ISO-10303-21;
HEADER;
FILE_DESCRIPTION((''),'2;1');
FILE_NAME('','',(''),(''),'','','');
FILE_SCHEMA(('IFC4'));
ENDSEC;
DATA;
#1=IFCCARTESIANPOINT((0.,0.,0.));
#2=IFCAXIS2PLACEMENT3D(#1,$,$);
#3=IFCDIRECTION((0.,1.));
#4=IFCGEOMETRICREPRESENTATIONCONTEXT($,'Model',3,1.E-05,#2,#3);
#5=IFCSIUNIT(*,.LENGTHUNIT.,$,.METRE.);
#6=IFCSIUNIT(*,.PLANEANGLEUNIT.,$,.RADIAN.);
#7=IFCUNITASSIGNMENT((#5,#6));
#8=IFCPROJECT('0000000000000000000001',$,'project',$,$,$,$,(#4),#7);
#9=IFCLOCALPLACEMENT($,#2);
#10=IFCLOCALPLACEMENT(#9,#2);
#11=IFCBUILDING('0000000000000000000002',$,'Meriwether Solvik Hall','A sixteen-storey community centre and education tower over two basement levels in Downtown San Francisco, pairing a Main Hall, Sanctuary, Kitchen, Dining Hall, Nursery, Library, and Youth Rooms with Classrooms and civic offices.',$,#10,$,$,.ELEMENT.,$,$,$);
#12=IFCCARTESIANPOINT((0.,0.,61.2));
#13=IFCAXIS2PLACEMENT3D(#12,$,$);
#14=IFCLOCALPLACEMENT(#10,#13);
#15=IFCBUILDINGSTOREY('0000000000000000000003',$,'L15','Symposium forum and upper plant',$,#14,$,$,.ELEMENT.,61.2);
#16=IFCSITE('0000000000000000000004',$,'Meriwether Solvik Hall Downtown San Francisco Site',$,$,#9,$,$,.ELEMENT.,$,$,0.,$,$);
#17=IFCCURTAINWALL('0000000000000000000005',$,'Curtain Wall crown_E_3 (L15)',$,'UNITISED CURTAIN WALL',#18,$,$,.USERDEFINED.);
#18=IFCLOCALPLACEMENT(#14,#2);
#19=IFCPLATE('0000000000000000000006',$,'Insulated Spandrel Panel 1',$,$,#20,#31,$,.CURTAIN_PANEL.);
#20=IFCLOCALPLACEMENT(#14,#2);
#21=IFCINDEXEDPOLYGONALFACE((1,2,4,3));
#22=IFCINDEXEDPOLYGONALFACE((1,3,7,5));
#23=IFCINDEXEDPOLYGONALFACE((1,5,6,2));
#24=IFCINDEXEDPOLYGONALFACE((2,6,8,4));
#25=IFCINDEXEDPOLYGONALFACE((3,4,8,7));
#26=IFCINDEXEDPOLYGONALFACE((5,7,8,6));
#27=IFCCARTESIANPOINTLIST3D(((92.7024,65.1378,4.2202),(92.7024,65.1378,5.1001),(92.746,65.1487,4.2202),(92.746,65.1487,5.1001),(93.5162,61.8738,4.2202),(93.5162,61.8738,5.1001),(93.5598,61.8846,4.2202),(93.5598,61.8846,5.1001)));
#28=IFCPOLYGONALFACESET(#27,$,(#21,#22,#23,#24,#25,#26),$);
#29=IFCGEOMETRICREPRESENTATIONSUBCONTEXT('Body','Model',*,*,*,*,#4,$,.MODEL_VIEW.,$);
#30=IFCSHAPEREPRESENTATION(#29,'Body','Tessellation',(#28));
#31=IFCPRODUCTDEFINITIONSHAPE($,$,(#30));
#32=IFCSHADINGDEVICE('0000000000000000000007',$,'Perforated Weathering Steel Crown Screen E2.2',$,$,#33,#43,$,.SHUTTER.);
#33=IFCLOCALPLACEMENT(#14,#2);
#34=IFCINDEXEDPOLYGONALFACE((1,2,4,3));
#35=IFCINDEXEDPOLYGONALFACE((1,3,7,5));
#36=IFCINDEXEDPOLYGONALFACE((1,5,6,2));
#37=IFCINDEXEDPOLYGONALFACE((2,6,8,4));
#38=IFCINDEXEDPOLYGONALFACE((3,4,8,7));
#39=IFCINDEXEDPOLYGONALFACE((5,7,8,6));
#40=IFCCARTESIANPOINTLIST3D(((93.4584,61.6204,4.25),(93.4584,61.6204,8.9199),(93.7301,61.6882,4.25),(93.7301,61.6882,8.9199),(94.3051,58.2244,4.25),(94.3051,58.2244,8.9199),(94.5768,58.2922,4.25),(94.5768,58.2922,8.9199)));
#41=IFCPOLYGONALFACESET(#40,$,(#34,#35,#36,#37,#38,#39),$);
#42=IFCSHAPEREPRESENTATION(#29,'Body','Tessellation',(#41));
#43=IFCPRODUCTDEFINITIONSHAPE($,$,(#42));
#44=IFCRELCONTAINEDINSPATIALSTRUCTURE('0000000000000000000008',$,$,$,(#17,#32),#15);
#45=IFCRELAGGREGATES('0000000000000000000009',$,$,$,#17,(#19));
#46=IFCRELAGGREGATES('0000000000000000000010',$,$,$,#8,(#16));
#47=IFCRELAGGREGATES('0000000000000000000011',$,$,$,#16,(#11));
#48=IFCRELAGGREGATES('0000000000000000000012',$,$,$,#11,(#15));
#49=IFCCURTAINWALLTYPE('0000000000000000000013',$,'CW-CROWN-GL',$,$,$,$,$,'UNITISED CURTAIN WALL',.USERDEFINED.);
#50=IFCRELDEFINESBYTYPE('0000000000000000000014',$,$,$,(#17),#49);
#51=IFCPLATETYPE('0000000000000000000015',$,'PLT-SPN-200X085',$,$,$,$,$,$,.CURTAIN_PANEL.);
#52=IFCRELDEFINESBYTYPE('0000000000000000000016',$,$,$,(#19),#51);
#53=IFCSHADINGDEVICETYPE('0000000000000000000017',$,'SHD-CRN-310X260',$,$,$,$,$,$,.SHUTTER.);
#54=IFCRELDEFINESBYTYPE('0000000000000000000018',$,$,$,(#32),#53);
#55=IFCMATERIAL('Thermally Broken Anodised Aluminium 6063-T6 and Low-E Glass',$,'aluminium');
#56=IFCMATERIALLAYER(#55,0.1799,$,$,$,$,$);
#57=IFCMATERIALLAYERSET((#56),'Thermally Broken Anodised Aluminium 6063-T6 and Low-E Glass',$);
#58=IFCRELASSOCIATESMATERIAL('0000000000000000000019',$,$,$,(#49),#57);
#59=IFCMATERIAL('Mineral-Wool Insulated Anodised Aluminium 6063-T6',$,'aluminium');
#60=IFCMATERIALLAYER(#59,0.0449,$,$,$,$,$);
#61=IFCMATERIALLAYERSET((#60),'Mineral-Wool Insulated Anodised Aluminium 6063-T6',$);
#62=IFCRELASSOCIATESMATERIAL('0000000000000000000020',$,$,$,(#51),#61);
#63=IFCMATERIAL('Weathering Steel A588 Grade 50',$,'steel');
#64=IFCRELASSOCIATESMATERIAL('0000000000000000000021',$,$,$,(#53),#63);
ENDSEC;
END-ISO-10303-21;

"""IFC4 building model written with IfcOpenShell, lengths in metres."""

from ifc_helpers import new_model, si_unit, direction, frame, origin, origin_2d, place, context, subcontext, project, spatial, rectangle, extrude, material, layer, layer_set, type_object, element, aggregate, save


model = new_model("IFC4")

# Units and contexts
model_context = context("Model", 3, precision=1e-05, world=origin(), true_north=direction((0.0, 1.0)))
body_context = subcontext(model_context, "Body", "Model", "MODEL_VIEW")
ifc_project = project(units=[si_unit("LENGTHUNIT", "METRE"), si_unit("PLANEANGLEUNIT", "RADIAN")], contexts=[model_context])

# Site, building, storey
site_placement = place(None, origin())
site = spatial("IfcSite", under=ifc_project, at=site_placement, Name="Meriwether Solvik Hall Downtown San Francisco Site", CompositionType="ELEMENT", RefElevation=0.0)
building_placement = place(site_placement, origin())
building = spatial("IfcBuilding", under=site, at=building_placement, Name="Meriwether Solvik Hall", Description="A sixteen-storey community centre and education tower over two basement levels in Downtown San Francisco, pairing a Main Hall, Sanctuary, Kitchen, Dining Hall, Nursery, Library, and Youth Rooms with Classrooms and civic offices.", CompositionType="ELEMENT")
storey_placement = place(building_placement, frame((0.0, 0.0, 61.2)))
storey = spatial("IfcBuildingStorey", under=building, at=storey_placement, Name="L15", Description="Symposium forum and upper plant", CompositionType="ELEMENT", Elevation=61.2)

# Curtain wall
ifc_material_1 = material(Name="Thermally Broken Anodised Aluminium 6063-T6 and Low-E Glass", Category="aluminium")
ifc_layer_1 = layer(ifc_material_1, 0.1799)
ifc_layer_set_1 = layer_set([ifc_layer_1], Name="Thermally Broken Anodised Aluminium 6063-T6 and Low-E Glass")
curtain_wall_type_1 = type_object("IfcCurtainWallType", Name="CW-CROWN-GL", ElementType="UNITISED CURTAIN WALL", PredefinedType="USERDEFINED", material=ifc_layer_set_1)
curtain_wall_1_placement = place(storey_placement, origin())
curtain_wall_1 = element("IfcCurtainWall", 1, at=curtain_wall_1_placement, inside=storey, type_object=curtain_wall_type_1, Name="Curtain Wall crown_E_3 (L15)", ObjectType="UNITISED CURTAIN WALL", PredefinedType="USERDEFINED")

# Plate
ifc_material_2 = material(Name="Mineral-Wool Insulated Anodised Aluminium 6063-T6", Category="aluminium")
ifc_layer_2 = layer(ifc_material_2, 0.0449)
ifc_layer_set_2 = layer_set([ifc_layer_2], Name="Mineral-Wool Insulated Anodised Aluminium 6063-T6")
plate_type_1 = type_object("IfcPlateType", Name="PLT-SPN-200X085", PredefinedType="CURTAIN_PANEL", material=ifc_layer_set_2)
plate_1_placement = place(storey_placement, frame((93.1311, 63.5112, 4.2202), z_axis=(0.0, 0.0, 1.0), x_axis=(-0.241923, 0.970296, 0.0)))
plate_1 = element("IfcPlate", 2, at=plate_1_placement, type_object=plate_type_1, Name="Insulated Spandrel Panel 1", PredefinedType="CURTAIN_PANEL", context=body_context, shape_type="SweptSolid", body=[
    extrude(rectangle(XDim=3.364, YDim=0.0449, at=origin_2d()), origin(), (0.0, 0.0, 1.0), 0.8799),
])
aggregate(curtain_wall_1, [plate_1])

# Shading device
ifc_material_3 = material(Name="Weathering Steel A588 Grade 50", Category="steel")
shading_device_type = type_object("IfcShadingDeviceType", Name="SHD-CRN-310X260", PredefinedType="SHUTTER", material=ifc_material_3)
shading_device_placement = place(storey_placement, frame((94.0176, 59.9563, 4.25), z_axis=(0.0, 0.0, 1.0), x_axis=(-0.241922, 0.970296, 0.0)))
element("IfcShadingDevice", 3, at=shading_device_placement, inside=storey, type_object=shading_device_type, Name="Perforated Weathering Steel Crown Screen E2.2", PredefinedType="SHUTTER", context=body_context, shape_type="SweptSolid", body=[
    extrude(rectangle(XDim=3.5, YDim=0.28, at=origin_2d()), origin(), (0.0, 0.0, 1.0), 4.6699),
])

save(model, "model.ifc")
